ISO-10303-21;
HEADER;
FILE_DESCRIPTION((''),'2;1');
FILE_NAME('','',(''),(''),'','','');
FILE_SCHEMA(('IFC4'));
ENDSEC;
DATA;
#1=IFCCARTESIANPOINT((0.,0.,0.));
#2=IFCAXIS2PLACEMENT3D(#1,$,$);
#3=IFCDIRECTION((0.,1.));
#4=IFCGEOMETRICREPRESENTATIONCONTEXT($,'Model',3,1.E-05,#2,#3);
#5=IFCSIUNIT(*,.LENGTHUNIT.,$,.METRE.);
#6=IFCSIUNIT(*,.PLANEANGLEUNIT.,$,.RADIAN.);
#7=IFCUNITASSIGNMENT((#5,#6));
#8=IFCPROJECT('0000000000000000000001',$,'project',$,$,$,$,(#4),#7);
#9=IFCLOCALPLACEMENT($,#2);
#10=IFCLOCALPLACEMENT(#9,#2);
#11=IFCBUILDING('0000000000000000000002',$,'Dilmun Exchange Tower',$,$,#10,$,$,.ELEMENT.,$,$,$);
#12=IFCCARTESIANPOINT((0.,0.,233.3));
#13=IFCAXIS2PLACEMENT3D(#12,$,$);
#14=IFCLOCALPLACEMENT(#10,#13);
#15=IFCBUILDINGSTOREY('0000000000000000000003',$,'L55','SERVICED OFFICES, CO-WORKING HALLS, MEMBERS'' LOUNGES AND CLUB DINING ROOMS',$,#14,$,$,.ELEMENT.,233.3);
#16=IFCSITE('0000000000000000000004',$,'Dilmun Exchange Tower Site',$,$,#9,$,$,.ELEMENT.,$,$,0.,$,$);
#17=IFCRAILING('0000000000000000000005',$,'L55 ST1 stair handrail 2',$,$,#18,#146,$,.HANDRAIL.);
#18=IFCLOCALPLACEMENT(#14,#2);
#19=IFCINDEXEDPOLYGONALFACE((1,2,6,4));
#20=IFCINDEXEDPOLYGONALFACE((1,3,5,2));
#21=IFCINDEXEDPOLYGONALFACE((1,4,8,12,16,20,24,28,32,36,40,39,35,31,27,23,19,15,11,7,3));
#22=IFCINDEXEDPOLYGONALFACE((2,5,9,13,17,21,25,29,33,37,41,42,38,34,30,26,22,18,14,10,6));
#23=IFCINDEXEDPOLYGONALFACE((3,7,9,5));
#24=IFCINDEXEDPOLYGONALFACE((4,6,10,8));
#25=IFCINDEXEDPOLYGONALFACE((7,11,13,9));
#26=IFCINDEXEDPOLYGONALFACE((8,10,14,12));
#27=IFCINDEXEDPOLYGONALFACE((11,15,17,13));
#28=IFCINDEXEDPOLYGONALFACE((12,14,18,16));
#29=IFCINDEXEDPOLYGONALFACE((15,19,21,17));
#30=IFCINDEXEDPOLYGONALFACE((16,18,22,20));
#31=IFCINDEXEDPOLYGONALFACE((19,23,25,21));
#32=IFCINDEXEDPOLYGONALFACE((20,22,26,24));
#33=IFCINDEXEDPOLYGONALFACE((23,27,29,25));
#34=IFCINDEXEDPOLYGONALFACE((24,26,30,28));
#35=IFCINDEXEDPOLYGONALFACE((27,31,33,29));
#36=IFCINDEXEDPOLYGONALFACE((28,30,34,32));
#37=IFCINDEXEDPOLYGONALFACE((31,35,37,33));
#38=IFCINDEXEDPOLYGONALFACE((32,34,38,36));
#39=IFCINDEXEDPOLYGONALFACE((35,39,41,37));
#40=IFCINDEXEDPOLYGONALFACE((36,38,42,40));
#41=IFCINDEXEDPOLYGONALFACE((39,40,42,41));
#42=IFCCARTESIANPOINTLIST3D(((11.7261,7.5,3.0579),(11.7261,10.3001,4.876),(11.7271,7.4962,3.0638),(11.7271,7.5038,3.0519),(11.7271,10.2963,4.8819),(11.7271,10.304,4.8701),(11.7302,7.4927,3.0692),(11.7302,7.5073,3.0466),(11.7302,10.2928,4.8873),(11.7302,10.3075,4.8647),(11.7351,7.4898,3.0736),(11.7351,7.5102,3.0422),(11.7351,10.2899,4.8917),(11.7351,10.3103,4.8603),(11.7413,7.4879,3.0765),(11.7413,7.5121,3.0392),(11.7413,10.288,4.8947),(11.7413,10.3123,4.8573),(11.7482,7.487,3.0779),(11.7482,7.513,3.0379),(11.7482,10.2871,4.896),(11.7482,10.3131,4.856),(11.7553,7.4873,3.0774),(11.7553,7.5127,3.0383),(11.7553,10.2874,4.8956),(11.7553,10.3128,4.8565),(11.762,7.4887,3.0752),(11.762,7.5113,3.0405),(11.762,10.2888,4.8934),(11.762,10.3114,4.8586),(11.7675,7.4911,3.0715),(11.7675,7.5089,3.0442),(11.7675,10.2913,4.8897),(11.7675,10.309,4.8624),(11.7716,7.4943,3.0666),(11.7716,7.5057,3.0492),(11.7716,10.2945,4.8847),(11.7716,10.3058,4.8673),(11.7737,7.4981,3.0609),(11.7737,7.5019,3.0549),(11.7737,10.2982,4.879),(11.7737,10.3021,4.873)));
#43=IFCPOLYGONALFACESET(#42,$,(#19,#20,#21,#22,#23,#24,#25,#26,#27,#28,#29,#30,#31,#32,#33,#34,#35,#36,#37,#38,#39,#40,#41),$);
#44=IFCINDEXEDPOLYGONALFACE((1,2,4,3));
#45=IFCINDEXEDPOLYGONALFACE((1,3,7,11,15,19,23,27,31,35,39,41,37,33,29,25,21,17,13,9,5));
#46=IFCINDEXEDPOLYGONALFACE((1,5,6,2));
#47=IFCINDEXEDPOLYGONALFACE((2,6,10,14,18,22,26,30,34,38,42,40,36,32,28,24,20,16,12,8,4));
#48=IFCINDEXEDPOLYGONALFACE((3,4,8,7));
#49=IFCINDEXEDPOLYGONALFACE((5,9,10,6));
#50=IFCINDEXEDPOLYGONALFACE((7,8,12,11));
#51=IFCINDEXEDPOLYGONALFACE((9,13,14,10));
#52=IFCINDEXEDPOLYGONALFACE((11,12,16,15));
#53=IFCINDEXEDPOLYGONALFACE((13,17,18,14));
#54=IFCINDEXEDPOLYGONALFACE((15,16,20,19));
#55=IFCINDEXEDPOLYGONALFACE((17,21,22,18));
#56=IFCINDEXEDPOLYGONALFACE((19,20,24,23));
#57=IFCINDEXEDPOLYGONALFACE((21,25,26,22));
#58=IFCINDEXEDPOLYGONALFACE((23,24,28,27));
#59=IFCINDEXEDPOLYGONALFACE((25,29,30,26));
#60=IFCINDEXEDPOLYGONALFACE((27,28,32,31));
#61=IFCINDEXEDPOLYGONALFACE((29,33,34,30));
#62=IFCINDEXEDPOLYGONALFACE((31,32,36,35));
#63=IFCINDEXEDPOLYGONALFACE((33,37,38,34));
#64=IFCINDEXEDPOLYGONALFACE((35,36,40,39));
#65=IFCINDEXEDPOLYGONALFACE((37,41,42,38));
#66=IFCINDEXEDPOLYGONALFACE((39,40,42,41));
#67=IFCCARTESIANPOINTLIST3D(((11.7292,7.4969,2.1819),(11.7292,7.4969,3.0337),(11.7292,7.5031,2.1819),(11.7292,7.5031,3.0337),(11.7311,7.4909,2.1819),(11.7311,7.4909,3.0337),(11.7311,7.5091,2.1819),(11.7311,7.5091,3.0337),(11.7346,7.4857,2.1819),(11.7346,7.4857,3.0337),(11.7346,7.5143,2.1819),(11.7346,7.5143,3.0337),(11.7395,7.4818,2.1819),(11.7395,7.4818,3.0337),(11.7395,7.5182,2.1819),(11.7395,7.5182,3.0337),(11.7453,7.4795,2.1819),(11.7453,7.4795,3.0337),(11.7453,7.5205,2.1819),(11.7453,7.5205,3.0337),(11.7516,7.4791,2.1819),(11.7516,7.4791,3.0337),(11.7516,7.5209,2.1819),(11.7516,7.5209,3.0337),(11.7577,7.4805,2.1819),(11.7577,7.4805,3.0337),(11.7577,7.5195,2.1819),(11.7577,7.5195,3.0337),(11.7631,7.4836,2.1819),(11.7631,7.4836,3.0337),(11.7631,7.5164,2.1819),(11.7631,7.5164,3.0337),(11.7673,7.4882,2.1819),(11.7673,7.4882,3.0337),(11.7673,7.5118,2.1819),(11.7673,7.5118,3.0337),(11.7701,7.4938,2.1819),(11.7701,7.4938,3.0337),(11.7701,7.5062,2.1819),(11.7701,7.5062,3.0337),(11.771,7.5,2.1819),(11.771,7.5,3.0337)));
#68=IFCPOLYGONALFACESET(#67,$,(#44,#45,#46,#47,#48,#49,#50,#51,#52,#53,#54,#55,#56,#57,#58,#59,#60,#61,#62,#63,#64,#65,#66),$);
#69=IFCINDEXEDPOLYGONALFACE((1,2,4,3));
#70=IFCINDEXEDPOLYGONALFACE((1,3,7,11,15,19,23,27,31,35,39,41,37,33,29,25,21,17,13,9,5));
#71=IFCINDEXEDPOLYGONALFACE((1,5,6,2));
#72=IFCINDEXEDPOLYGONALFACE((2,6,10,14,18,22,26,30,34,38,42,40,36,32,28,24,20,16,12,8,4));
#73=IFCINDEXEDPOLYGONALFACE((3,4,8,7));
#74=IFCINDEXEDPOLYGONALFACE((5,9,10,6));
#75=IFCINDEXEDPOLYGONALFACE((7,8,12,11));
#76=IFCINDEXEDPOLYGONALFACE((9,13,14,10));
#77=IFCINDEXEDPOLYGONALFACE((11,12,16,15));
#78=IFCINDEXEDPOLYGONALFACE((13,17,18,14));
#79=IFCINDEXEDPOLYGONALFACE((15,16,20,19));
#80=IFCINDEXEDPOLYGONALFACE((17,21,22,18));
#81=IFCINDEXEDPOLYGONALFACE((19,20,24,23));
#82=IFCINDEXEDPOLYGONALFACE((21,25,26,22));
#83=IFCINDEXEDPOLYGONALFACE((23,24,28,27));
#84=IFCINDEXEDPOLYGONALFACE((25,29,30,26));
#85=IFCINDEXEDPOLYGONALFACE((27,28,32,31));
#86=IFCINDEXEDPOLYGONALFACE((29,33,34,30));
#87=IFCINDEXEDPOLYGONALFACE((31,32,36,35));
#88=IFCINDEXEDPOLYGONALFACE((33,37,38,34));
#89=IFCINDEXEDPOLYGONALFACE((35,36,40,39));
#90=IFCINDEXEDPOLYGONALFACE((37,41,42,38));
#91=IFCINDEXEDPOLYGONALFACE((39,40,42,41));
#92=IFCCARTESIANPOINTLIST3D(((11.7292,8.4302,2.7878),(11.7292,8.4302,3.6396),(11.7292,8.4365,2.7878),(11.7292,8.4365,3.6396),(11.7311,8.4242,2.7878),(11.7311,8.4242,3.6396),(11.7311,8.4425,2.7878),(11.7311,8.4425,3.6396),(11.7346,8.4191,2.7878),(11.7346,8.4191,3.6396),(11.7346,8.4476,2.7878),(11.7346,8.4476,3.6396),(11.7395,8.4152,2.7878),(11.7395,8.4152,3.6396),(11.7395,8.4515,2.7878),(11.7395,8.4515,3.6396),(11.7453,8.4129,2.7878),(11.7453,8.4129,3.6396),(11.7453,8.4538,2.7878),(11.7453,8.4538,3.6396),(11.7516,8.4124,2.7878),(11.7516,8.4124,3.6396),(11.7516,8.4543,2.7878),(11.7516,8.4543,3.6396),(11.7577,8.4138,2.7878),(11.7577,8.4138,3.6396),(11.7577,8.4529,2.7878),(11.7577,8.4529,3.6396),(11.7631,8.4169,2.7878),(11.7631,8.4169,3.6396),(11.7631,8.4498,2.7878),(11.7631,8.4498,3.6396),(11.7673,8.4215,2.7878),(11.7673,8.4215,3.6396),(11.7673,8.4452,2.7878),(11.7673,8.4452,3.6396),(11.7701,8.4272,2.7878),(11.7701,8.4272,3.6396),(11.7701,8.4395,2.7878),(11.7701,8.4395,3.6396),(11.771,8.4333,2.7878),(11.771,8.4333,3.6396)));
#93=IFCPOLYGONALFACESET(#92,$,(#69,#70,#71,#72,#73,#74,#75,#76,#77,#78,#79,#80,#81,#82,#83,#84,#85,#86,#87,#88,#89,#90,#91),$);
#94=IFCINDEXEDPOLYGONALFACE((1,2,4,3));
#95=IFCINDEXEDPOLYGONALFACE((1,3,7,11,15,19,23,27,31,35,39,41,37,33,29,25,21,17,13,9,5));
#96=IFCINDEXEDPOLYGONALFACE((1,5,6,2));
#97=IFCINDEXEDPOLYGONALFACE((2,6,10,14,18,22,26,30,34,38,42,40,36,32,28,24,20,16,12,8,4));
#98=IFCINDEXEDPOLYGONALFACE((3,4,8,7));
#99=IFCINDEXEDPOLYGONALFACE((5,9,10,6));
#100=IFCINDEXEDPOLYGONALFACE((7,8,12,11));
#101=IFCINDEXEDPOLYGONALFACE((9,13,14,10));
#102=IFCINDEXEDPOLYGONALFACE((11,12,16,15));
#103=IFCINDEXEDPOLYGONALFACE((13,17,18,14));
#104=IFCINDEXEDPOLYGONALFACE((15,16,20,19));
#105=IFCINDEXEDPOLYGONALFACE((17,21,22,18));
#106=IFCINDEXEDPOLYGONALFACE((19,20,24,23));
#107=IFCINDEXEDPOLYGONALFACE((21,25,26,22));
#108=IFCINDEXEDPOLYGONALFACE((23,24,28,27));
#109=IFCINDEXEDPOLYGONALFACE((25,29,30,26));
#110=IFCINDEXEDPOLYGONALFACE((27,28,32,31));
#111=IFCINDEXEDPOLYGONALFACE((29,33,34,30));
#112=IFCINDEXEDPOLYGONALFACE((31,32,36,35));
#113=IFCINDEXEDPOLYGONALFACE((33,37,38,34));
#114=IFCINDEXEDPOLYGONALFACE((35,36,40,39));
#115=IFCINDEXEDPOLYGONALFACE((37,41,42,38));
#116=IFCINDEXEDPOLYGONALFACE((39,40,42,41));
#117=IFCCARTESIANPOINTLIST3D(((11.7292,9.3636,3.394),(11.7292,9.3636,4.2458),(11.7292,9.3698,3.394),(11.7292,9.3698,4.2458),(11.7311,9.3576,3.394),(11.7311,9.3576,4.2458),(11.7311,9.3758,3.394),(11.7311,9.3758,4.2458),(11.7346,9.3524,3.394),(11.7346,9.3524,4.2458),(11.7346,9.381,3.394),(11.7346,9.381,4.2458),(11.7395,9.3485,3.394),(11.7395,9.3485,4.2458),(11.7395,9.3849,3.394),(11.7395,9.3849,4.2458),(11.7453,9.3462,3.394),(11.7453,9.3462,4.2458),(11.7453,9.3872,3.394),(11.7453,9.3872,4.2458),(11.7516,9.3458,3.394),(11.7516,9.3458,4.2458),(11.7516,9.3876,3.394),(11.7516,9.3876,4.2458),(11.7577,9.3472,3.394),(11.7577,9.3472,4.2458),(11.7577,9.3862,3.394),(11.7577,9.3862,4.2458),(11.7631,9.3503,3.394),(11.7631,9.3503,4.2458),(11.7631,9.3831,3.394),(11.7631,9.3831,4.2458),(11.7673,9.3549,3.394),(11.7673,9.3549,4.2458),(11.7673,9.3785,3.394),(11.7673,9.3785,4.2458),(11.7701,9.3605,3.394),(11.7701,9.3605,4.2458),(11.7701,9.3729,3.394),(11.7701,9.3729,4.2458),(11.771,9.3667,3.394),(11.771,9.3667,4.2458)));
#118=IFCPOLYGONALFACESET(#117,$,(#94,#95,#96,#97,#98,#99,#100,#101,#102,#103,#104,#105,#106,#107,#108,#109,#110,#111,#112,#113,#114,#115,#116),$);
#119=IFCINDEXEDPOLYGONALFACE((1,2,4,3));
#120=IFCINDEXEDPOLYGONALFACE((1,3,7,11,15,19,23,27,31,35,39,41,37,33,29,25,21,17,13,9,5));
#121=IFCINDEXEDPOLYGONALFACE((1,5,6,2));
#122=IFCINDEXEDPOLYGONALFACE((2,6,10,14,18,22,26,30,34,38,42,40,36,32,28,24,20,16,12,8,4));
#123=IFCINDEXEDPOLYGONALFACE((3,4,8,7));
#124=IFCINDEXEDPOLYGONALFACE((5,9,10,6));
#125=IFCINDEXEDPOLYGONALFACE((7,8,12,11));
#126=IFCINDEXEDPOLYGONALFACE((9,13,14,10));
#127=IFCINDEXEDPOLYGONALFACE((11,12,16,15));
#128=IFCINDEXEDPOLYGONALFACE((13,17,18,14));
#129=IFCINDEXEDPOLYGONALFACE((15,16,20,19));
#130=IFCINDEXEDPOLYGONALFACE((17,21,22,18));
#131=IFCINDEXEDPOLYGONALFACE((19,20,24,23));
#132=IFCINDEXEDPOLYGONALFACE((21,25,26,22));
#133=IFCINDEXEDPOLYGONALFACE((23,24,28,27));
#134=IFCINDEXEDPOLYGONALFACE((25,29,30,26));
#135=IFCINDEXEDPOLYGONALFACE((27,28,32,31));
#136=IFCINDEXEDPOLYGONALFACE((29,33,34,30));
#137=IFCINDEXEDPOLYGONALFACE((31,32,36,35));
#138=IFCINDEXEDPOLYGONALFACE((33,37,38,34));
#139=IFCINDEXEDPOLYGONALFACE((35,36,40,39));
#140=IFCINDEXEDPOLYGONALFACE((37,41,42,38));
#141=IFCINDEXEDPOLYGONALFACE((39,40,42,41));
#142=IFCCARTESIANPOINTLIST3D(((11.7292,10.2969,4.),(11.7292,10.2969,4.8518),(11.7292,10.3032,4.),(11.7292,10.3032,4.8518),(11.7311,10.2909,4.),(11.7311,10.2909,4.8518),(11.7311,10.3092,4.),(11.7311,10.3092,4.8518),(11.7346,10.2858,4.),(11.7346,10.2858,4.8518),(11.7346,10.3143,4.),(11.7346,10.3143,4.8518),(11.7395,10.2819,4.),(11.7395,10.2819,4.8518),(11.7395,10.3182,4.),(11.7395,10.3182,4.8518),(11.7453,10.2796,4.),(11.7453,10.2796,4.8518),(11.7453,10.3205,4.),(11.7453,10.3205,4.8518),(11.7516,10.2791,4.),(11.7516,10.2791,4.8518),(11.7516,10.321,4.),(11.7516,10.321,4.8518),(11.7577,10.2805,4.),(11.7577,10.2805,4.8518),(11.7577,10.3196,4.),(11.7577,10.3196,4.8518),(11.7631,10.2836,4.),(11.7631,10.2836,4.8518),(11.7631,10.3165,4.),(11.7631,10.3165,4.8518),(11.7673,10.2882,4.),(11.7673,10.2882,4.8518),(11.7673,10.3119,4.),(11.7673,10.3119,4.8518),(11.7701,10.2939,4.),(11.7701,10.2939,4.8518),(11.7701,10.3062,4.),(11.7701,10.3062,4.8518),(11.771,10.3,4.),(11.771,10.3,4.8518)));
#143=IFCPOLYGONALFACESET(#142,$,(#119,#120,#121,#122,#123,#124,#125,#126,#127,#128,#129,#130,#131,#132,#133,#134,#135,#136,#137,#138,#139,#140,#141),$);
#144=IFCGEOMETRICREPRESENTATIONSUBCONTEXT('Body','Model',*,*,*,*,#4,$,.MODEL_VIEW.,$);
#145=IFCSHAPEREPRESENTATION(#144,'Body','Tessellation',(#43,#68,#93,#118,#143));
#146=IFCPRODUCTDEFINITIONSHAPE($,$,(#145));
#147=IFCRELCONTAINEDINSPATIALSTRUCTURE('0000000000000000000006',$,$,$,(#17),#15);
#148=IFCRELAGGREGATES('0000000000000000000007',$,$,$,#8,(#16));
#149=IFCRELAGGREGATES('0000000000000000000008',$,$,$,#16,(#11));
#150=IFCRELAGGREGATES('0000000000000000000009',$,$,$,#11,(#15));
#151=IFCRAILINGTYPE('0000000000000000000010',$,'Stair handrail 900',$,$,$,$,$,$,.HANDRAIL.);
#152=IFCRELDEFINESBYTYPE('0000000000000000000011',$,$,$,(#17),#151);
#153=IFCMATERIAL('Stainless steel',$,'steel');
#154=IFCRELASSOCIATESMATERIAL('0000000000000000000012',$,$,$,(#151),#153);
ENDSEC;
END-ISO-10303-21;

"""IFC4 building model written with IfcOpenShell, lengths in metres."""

from ifc_helpers import new_model, si_unit, direction, frame, origin, origin_2d, place, context, subcontext, project, spatial, circle, extrude, material, type_object, element, save


model = new_model("IFC4")

# Units and contexts
model_context = context("Model", 3, precision=1e-05, world=origin(), true_north=direction((0.0, 1.0)))
body_context = subcontext(model_context, "Body", "Model", "MODEL_VIEW")
ifc_project = project(units=[si_unit("LENGTHUNIT", "METRE"), si_unit("PLANEANGLEUNIT", "RADIAN")], contexts=[model_context])

# Site, building, storey
site_placement = place(None, origin())
site = spatial("IfcSite", under=ifc_project, at=site_placement, Name="Dilmun Exchange Tower Site", CompositionType="ELEMENT", RefElevation=0.0)
building_placement = place(site_placement, origin())
building = spatial("IfcBuilding", under=site, at=building_placement, Name="Dilmun Exchange Tower", CompositionType="ELEMENT")
storey_placement = place(building_placement, frame((0.0, 0.0, 233.3)))
storey = spatial("IfcBuildingStorey", under=building, at=storey_placement, Name="L55", Description="SERVICED OFFICES, CO-WORKING HALLS, MEMBERS' LOUNGES AND CLUB DINING ROOMS", CompositionType="ELEMENT", Elevation=233.3)

# Railing
ifc_material_1 = material(Name="Stainless steel", Category="steel")
railing_type = type_object("IfcRailingType", Name="Stair handrail 900", PredefinedType="HANDRAIL", material=ifc_material_1)
railing_placement = place(storey_placement, frame((11.75, 7.5, 2.1819)))
element("IfcRailing", 1, at=railing_placement, inside=storey, type_object=railing_type, Name="L55 ST1 stair handrail 2", PredefinedType="HANDRAIL", context=body_context, shape_type="SweptSolid", body=[
    extrude(circle(Radius=0.0239, at=origin_2d()), frame((0.0, 0.0, 0.876), z_axis=(0.0, 0.838706, 0.544585), x_axis=(-1.0, 0.0, 0.0)), (0.0, 0.0, 1.0), 3.3386),
    extrude(circle(Radius=0.021, at=origin_2d()), origin(), (0.0, 0.0, 1.0), 0.8518),
    extrude(circle(Radius=0.021, at=origin_2d()), frame((0.0, 0.9333, 0.606)), (0.0, 0.0, 1.0), 0.8518),
    extrude(circle(Radius=0.021, at=origin_2d()), frame((0.0, 1.8667, 1.2122)), (0.0, 0.0, 1.0), 0.8518),
    extrude(circle(Radius=0.021, at=origin_2d()), frame((0.0, 2.8, 1.8181)), (0.0, 0.0, 1.0), 0.8518),
])

save(model, "model.ifc")
